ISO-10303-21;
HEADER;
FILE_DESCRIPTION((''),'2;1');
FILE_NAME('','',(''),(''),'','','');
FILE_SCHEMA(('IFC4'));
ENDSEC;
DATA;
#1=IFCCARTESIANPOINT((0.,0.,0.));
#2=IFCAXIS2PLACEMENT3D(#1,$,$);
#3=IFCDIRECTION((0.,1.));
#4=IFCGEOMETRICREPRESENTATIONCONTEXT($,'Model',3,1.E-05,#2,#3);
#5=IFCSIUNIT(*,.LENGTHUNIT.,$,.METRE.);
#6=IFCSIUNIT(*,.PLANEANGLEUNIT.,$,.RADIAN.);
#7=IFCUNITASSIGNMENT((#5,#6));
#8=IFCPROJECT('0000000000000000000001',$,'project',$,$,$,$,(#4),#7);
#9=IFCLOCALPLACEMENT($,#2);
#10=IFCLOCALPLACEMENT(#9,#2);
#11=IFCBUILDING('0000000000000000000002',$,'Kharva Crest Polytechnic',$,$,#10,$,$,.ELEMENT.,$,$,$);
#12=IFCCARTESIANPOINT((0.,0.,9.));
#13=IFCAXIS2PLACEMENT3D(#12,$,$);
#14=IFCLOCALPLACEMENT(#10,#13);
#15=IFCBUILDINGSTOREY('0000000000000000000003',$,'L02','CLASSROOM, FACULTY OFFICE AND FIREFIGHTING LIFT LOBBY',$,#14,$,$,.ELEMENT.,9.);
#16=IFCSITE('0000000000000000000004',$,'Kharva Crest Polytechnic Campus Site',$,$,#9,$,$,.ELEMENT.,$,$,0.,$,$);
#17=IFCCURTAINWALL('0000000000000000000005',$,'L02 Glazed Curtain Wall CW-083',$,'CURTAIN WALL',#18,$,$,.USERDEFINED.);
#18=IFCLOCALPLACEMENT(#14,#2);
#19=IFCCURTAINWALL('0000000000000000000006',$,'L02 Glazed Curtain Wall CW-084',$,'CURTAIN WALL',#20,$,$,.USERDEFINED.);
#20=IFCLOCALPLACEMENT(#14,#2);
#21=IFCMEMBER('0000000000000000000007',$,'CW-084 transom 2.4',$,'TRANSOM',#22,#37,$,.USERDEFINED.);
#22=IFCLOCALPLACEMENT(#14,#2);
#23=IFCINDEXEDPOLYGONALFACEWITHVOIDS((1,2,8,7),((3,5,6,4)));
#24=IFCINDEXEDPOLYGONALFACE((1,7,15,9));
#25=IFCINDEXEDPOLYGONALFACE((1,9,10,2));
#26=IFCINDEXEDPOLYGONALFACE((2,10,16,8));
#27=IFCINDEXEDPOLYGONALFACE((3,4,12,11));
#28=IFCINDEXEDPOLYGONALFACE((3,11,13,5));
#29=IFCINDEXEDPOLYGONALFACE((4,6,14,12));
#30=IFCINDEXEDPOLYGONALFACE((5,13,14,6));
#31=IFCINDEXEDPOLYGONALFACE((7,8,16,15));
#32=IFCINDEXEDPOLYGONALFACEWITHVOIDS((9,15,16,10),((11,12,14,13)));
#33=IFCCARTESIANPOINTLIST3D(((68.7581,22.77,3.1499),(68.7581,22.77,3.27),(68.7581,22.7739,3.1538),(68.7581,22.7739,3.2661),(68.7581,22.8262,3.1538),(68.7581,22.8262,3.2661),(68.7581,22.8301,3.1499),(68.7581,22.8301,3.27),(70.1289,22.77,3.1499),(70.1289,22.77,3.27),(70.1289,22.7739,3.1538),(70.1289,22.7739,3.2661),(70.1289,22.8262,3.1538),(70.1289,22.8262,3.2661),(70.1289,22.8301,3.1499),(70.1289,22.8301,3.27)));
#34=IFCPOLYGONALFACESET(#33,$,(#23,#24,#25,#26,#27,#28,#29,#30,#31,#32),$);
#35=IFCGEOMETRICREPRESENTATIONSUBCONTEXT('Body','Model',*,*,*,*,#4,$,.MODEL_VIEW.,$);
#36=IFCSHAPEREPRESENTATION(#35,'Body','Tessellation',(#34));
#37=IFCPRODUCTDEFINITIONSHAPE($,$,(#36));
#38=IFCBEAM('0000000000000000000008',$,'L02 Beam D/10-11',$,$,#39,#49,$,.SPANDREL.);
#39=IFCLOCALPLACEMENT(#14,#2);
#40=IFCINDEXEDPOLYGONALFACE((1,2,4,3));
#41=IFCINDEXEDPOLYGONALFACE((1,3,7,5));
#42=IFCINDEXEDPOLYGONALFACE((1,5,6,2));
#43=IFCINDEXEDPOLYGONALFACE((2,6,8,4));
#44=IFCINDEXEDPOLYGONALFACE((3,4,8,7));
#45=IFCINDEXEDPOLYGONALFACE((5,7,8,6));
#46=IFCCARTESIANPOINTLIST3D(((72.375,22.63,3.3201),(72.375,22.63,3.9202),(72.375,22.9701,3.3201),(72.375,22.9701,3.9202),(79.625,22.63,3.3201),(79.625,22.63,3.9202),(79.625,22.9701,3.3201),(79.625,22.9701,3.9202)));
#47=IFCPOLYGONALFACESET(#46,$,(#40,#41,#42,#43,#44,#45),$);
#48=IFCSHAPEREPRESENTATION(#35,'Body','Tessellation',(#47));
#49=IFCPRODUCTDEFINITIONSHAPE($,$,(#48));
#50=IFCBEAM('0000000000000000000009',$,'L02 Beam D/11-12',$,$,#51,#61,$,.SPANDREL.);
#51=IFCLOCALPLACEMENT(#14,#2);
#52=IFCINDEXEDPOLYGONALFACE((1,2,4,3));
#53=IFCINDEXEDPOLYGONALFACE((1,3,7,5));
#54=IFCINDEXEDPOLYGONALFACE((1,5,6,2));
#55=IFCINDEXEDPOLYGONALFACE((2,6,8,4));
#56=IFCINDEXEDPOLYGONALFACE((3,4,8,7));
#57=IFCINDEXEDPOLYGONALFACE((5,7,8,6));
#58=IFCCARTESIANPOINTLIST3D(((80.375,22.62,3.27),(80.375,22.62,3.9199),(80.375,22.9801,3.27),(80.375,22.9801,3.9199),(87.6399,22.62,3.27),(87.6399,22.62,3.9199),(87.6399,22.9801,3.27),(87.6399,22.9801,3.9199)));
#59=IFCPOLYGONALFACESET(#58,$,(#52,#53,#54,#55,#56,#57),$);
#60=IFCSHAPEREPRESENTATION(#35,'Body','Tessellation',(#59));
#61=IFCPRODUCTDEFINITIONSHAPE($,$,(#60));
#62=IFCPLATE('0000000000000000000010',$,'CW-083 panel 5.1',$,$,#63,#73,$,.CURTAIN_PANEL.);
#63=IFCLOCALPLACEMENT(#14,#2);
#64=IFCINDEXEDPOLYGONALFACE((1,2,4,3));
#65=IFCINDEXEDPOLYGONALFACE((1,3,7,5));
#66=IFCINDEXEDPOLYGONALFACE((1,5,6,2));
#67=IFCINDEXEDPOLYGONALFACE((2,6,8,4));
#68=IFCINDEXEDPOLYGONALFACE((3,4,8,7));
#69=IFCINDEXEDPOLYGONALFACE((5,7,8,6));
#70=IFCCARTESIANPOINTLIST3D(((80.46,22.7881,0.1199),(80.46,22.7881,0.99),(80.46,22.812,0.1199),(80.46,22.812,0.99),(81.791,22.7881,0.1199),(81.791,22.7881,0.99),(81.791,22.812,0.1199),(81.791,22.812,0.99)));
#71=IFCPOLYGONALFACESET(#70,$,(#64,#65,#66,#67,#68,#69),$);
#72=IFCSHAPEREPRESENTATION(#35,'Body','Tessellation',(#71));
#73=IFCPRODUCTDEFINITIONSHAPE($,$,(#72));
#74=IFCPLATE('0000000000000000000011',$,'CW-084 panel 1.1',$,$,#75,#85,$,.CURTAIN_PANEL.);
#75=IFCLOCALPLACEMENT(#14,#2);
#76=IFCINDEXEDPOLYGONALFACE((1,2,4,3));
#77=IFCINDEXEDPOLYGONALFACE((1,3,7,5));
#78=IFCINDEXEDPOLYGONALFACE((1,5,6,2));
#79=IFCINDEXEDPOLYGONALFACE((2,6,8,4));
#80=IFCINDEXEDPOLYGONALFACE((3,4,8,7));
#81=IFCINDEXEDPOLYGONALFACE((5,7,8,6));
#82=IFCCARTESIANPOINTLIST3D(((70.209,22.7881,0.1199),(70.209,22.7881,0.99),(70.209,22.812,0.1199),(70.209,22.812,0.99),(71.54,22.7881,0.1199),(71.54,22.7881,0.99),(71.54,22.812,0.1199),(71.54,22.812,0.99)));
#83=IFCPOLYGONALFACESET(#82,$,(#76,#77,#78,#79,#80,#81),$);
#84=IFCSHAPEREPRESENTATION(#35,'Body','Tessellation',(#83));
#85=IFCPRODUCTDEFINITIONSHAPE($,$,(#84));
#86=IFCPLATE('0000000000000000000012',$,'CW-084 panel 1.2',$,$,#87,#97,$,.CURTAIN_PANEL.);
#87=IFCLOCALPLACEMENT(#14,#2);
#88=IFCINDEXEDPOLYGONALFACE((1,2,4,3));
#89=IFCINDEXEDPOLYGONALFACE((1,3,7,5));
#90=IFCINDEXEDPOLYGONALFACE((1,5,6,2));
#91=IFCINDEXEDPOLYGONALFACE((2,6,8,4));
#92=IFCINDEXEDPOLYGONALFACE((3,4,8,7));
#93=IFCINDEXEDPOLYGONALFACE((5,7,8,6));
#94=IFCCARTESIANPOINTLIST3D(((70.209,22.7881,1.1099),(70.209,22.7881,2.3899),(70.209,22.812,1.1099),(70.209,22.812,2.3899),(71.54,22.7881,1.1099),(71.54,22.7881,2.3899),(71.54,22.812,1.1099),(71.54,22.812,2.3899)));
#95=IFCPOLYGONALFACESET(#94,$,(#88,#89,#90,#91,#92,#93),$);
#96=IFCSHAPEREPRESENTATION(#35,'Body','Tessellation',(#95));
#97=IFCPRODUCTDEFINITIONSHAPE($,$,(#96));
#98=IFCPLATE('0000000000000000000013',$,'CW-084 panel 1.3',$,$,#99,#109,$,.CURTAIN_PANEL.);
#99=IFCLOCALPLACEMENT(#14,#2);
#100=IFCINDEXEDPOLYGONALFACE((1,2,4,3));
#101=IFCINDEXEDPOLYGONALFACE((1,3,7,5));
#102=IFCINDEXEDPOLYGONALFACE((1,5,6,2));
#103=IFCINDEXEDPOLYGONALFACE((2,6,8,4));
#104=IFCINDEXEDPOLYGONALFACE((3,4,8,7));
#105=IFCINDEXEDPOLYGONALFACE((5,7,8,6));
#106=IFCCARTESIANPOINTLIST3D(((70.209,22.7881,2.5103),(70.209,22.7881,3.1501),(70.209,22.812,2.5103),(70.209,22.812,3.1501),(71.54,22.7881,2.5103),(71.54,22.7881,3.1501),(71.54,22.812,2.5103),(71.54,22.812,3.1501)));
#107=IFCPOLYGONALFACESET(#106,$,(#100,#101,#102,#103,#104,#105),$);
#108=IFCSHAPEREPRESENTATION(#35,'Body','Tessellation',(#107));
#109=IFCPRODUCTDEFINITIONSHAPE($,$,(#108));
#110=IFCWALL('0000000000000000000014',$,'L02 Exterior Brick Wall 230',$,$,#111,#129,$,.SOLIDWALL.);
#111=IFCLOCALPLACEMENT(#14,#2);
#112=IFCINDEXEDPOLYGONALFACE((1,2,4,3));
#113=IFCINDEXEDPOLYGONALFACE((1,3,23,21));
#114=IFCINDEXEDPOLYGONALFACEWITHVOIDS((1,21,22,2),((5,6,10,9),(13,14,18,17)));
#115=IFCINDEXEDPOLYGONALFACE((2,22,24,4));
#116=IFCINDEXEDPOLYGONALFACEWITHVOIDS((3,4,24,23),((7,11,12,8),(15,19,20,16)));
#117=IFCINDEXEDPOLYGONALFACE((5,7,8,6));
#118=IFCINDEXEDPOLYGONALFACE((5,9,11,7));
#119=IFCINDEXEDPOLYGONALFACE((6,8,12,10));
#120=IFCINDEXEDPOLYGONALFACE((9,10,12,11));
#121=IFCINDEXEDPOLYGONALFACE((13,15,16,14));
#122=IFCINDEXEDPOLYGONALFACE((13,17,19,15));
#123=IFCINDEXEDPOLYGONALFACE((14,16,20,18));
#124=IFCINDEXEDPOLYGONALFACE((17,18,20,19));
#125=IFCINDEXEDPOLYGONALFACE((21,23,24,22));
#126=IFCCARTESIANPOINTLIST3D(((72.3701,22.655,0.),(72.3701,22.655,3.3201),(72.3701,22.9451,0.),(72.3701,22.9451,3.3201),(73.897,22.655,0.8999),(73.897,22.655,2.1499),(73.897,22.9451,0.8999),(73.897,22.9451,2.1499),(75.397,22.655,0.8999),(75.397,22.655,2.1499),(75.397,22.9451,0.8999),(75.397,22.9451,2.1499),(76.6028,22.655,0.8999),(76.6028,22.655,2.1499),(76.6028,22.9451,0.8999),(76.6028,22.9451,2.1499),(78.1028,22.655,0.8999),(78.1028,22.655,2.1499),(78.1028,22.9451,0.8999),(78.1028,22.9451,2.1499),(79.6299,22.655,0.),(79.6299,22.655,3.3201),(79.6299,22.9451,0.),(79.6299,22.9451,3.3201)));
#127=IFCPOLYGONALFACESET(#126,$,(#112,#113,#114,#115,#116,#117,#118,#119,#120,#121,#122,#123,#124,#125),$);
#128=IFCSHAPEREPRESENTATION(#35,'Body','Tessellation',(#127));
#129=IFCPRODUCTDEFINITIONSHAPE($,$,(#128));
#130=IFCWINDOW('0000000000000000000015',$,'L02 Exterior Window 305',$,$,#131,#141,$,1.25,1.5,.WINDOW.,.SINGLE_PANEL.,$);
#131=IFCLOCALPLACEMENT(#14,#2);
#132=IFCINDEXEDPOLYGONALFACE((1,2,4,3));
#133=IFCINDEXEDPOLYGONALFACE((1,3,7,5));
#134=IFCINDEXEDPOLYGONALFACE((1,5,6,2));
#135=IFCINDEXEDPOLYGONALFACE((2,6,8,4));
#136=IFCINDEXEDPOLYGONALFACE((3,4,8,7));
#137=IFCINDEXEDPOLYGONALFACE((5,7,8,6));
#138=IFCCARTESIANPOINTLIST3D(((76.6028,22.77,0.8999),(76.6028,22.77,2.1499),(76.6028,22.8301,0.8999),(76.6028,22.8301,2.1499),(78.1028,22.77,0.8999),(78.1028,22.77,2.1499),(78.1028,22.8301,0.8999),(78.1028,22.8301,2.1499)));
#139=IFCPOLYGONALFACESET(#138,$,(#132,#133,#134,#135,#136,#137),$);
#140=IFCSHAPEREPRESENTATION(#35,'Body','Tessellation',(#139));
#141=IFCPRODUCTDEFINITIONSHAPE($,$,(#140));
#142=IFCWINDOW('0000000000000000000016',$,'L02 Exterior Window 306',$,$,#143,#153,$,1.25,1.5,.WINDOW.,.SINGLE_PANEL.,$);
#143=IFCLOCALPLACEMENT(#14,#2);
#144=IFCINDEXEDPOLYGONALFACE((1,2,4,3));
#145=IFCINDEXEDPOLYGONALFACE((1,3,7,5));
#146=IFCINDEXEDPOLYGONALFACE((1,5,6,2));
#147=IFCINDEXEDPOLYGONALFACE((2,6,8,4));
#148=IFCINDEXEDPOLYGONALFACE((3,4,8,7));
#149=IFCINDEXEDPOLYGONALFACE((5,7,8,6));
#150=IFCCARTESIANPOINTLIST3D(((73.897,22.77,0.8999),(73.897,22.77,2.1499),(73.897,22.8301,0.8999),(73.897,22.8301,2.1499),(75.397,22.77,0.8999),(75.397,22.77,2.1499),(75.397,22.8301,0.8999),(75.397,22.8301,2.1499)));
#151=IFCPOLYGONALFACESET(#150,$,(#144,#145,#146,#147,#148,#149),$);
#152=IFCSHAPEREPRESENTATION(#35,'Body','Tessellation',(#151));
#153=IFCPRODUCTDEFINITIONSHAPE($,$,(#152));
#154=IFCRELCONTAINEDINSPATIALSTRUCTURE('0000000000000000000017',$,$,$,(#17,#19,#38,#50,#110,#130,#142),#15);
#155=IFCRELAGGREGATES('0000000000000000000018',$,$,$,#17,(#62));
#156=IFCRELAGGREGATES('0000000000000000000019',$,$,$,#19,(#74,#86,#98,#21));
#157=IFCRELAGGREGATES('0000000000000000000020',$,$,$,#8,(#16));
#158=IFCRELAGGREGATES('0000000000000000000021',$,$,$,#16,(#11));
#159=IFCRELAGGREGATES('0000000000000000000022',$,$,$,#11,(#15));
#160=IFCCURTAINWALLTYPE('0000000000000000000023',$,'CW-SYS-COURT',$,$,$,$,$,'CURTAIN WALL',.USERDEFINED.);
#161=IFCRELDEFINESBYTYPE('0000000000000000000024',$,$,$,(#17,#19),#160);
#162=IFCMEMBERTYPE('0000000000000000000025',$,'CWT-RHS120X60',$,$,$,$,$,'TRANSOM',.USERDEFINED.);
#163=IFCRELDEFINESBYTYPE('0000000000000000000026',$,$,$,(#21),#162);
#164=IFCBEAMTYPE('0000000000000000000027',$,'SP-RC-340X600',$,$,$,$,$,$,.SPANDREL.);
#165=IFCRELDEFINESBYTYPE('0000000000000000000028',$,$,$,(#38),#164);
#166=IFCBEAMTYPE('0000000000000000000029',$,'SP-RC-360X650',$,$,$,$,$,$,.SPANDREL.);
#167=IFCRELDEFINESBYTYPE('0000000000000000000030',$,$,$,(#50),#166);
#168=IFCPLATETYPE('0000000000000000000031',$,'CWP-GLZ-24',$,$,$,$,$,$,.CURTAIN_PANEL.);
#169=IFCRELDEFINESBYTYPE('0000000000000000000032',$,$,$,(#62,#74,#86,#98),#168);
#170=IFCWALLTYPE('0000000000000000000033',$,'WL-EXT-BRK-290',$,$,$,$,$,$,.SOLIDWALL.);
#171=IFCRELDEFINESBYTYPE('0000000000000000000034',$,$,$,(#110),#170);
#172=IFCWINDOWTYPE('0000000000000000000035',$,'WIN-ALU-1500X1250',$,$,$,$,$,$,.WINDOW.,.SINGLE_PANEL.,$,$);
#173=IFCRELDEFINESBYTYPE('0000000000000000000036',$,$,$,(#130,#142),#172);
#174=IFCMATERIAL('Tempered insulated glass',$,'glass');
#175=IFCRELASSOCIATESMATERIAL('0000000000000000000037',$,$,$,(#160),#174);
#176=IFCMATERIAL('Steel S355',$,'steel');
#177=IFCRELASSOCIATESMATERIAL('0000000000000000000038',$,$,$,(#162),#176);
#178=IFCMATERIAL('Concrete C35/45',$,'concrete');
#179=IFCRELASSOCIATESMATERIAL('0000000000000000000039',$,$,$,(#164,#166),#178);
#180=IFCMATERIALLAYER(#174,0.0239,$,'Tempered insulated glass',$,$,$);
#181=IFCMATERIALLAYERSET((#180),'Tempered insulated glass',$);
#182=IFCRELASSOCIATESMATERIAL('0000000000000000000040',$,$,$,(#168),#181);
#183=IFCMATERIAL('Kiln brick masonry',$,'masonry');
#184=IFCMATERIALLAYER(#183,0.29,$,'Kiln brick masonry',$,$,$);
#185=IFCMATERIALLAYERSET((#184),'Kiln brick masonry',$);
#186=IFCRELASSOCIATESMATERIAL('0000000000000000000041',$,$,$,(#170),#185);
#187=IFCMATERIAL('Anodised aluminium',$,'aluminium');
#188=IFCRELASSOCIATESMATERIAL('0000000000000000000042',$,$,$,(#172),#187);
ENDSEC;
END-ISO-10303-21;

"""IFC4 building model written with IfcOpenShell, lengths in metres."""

from ifc_helpers import new_model, si_unit, direction, frame, frame_2d, origin, origin_2d, place, context, subcontext, project, spatial, rectangle, hollow_rectangle, extrude, material, layer, layer_set, material_profile, profile_set, type_object, element, fill, aggregate, save


model = new_model("IFC4")

# Units and contexts
model_context = context("Model", 3, precision=1e-05, world=origin(), true_north=direction((0.0, 1.0)))
body_context = subcontext(model_context, "Body", "Model", "MODEL_VIEW")
ifc_project = project(units=[si_unit("LENGTHUNIT", "METRE"), si_unit("PLANEANGLEUNIT", "RADIAN")], contexts=[model_context])

# Site, building, storey
site_placement = place(None, origin())
site = spatial("IfcSite", under=ifc_project, at=site_placement, Name="Kharva Crest Polytechnic Campus Site", CompositionType="ELEMENT", RefElevation=0.0)
building_placement = place(site_placement, origin())
building = spatial("IfcBuilding", under=site, at=building_placement, Name="Kharva Crest Polytechnic", CompositionType="ELEMENT")
storey_placement = place(building_placement, frame((0.0, 0.0, 9.0)))
storey = spatial("IfcBuildingStorey", under=building, at=storey_placement, Name="L02", Description="CLASSROOM, FACULTY OFFICE AND FIREFIGHTING LIFT LOBBY", CompositionType="ELEMENT", Elevation=9.0)

# Curtain wall
ifc_material_1 = material(Name="Tempered insulated glass", Category="glass")
curtain_wall_type = type_object("IfcCurtainWallType", Name="CW-SYS-COURT", ElementType="CURTAIN WALL", PredefinedType="USERDEFINED", material=ifc_material_1)
curtain_wall_1_placement = place(storey_placement, origin())
curtain_wall_1 = element("IfcCurtainWall", 1, at=curtain_wall_1_placement, inside=storey, type_object=curtain_wall_type, Name="L02 Glazed Curtain Wall CW-083", ObjectType="CURTAIN WALL", PredefinedType="USERDEFINED")
ifc_material_2 = material(Name="Steel S355", Category="steel")

# Curtain wall, member
curtain_wall_2_placement = place(storey_placement, origin())
curtain_wall_2 = element("IfcCurtainWall", 2, at=curtain_wall_2_placement, inside=storey, type_object=curtain_wall_type, Name="L02 Glazed Curtain Wall CW-084", ObjectType="CURTAIN WALL", PredefinedType="USERDEFINED")
ifc_material_profile_1 = material_profile(ifc_material_2, hollow_rectangle(XDim=0.0601, YDim=0.1201, WallThickness=0.0039, at=origin_2d()), Name="RHS 120X60X4.0")
ifc_profile_set_1 = profile_set([ifc_material_profile_1], Name="Steel S355")
member_type_1 = type_object("IfcMemberType", Name="CWT-RHS120X60", ElementType="TRANSOM", PredefinedType="USERDEFINED", material=ifc_profile_set_1)
member_1_placement = place(storey_placement, frame((70.1289, 22.8, 3.21), z_axis=(-1.0, 0.0, 0.0), x_axis=(0.0, -1.0, 0.0)))
member_1 = element("IfcMember", 3, at=member_1_placement, type_object=member_type_1, Name="CW-084 transom 2.4", ObjectType="TRANSOM", PredefinedType="USERDEFINED", context=body_context, shape_type="SweptSolid", body=[
    extrude(hollow_rectangle(XDim=0.0601, YDim=0.1201, WallThickness=0.0039, at=origin_2d()), origin(), (0.0, 0.0, 1.0), 1.3708),
])

# Beams
ifc_material_3 = material(Name="Concrete C35/45", Category="concrete")
ifc_material_profile_2 = material_profile(ifc_material_3, rectangle(XDim=0.3401, YDim=0.6001, at=origin_2d()), Name="RECT 340 X 600")
ifc_profile_set_2 = profile_set([ifc_material_profile_2], Name="Concrete C35/45")
beam_type_1 = type_object("IfcBeamType", Name="SP-RC-340X600", PredefinedType="SPANDREL", material=ifc_profile_set_2)
beam_1_placement = place(storey_placement, frame((72.375, 22.8, 3.6201), z_axis=(1.0, 0.0, 0.0), x_axis=(0.0, 1.0, 0.0)))
element("IfcBeam", 4, at=beam_1_placement, inside=storey, type_object=beam_type_1, Name="L02 Beam D/10-11", PredefinedType="SPANDREL", context=body_context, shape_type="SweptSolid", body=[
    extrude(rectangle(XDim=0.3401, YDim=0.6001, at=origin_2d()), origin(), (0.0, 0.0, 1.0), 7.25),
])
ifc_material_profile_3 = material_profile(ifc_material_3, rectangle(XDim=0.3601, YDim=0.6499, at=origin_2d()), Name="RECT 360 X 650")
ifc_profile_set_3 = profile_set([ifc_material_profile_3], Name="Concrete C35/45")
beam_type_2 = type_object("IfcBeamType", Name="SP-RC-360X650", PredefinedType="SPANDREL", material=ifc_profile_set_3)
beam_2_placement = place(storey_placement, frame((80.375, 22.8, 3.595), z_axis=(1.0, 0.0, 0.0), x_axis=(0.0, 1.0, 0.0)))
element("IfcBeam", 5, at=beam_2_placement, inside=storey, type_object=beam_type_2, Name="L02 Beam D/11-12", PredefinedType="SPANDREL", context=body_context, shape_type="SweptSolid", body=[
    extrude(rectangle(XDim=0.3601, YDim=0.6499, at=origin_2d()), origin(), (0.0, 0.0, 1.0), 7.2649),
])

# Plates
ifc_layer_1 = layer(ifc_material_1, 0.0239, Name="Tempered insulated glass")
ifc_layer_set_1 = layer_set([ifc_layer_1], Name="Tempered insulated glass")
plate_type = type_object("IfcPlateType", Name="CWP-GLZ-24", PredefinedType="CURTAIN_PANEL", material=ifc_layer_set_1)
plate_1_placement = place(storey_placement, frame((81.1255, 22.8, 0.1199), z_axis=(0.0, 0.0, 1.0), x_axis=(-1.0, 0.0, 0.0)))
plate_1 = element("IfcPlate", 6, at=plate_1_placement, type_object=plate_type, Name="CW-083 panel 5.1", PredefinedType="CURTAIN_PANEL", context=body_context, shape_type="SweptSolid", body=[
    extrude(rectangle(XDim=1.3311, YDim=0.0239, at=origin_2d()), origin(), (0.0, 0.0, 1.0), 0.8701),
])
aggregate(curtain_wall_1, [plate_1])
plate_2_placement = place(storey_placement, frame((70.8745, 22.8, 0.1199), z_axis=(0.0, 0.0, 1.0), x_axis=(-1.0, 0.0, 0.0)))
plate_2 = element("IfcPlate", 7, at=plate_2_placement, type_object=plate_type, Name="CW-084 panel 1.1", PredefinedType="CURTAIN_PANEL", context=body_context, shape_type="SweptSolid", body=[
    extrude(rectangle(XDim=1.3311, YDim=0.0239, at=origin_2d()), origin(), (0.0, 0.0, 1.0), 0.8701),
])
plate_3_placement = place(storey_placement, frame((70.8745, 22.8, 1.1099), z_axis=(0.0, 0.0, 1.0), x_axis=(-1.0, 0.0, 0.0)))
plate_3 = element("IfcPlate", 8, at=plate_3_placement, type_object=plate_type, Name="CW-084 panel 1.2", PredefinedType="CURTAIN_PANEL", context=body_context, shape_type="SweptSolid", body=[
    extrude(rectangle(XDim=1.3311, YDim=0.0239, at=origin_2d()), origin(), (0.0, 0.0, 1.0), 1.28),
])
plate_4_placement = place(storey_placement, frame((70.8745, 22.8, 2.5103), z_axis=(0.0, 0.0, 1.0), x_axis=(-1.0, 0.0, 0.0)))
plate_4 = element("IfcPlate", 9, at=plate_4_placement, type_object=plate_type, Name="CW-084 panel 1.3", PredefinedType="CURTAIN_PANEL", context=body_context, shape_type="SweptSolid", body=[
    extrude(rectangle(XDim=1.3311, YDim=0.0239, at=origin_2d()), origin(), (0.0, 0.0, 1.0), 0.6399),
])
aggregate(curtain_wall_2, [plate_2, plate_3, plate_4, member_1])

# Wall, openings, windows
ifc_material_4 = material(Name="Kiln brick masonry", Category="masonry")
ifc_layer_2 = layer(ifc_material_4, 0.29, Name="Kiln brick masonry")
ifc_layer_set_2 = layer_set([ifc_layer_2], Name="Kiln brick masonry")
wall_type = type_object("IfcWallType", Name="WL-EXT-BRK-290", PredefinedType="SOLIDWALL", material=ifc_layer_set_2)
wall_placement = place(storey_placement, frame((79.6299, 22.8, 0.0), z_axis=(0.0, 0.0, 1.0), x_axis=(-1.0, 0.0, 0.0)))
wall = element("IfcWall", 10, at=wall_placement, inside=storey, type_object=wall_type, Name="L02 Exterior Brick Wall 230", PredefinedType="SOLIDWALL", context=body_context, shape_type="SweptSolid", body=[
    extrude(rectangle(XDim=7.2598, YDim=0.29, at=frame_2d((3.6299, 0.0))), origin(), (0.0, 0.0, 1.0), 3.3201),
])
opening_1_placement = place(wall_placement, frame((1.5271, 0.0, 0.8999)))
opening_1 = element("IfcOpeningElement", 11, at=opening_1_placement, cuts=wall, PredefinedType="OPENING", context=body_context, shape_type="SweptSolid", body=[
    extrude(rectangle(XDim=1.5, YDim=1.25, at=frame_2d((0.75, 0.625))), frame((0.0, 0.155, 0.0), z_axis=(0.0, -1.0, 0.0), x_axis=(1.0, 0.0, 0.0)), (0.0, 0.0, 1.0), 0.3101),
])
opening_2_placement = place(wall_placement, frame((4.2329, 0.0, 0.8999)))
opening_2 = element("IfcOpeningElement", 12, at=opening_2_placement, cuts=wall, PredefinedType="OPENING", context=body_context, shape_type="SweptSolid", body=[
    extrude(rectangle(XDim=1.5, YDim=1.25, at=frame_2d((0.75, 0.625))), frame((0.0, 0.155, 0.0), z_axis=(0.0, -1.0, 0.0), x_axis=(1.0, 0.0, 0.0)), (0.0, 0.0, 1.0), 0.3101),
])
ifc_material_5 = material(Name="Anodised aluminium", Category="aluminium")
window_type = type_object("IfcWindowType", Name="WIN-ALU-1500X1250", PartitioningType="SINGLE_PANEL", PredefinedType="WINDOW", material=ifc_material_5)
window_1_placement = place(opening_1_placement, origin())
window_1 = element("IfcWindow", 13, at=window_1_placement, inside=storey, type_object=window_type, Name="L02 Exterior Window 305", OverallHeight=1.25, OverallWidth=1.5, PartitioningType="SINGLE_PANEL", PredefinedType="WINDOW", context=body_context, shape_type="SweptSolid", body=[
    extrude(rectangle(XDim=1.5, YDim=1.25, at=frame_2d((0.75, 0.625))), frame((0.0, 0.03, 0.0), z_axis=(0.0, -1.0, 0.0), x_axis=(1.0, 0.0, 0.0)), (0.0, 0.0, 1.0), 0.0601),
])
fill(opening_1, window_1)
window_2_placement = place(opening_2_placement, origin())
window_2 = element("IfcWindow", 14, at=window_2_placement, inside=storey, type_object=window_type, Name="L02 Exterior Window 306", OverallHeight=1.25, OverallWidth=1.5, PartitioningType="SINGLE_PANEL", PredefinedType="WINDOW", context=body_context, shape_type="SweptSolid", body=[
    extrude(rectangle(XDim=1.5, YDim=1.25, at=frame_2d((0.75, 0.625))), frame((0.0, 0.03, 0.0), z_axis=(0.0, -1.0, 0.0), x_axis=(1.0, 0.0, 0.0)), (0.0, 0.0, 1.0), 0.0601),
])
fill(opening_2, window_2)

save(model, "model.ifc")
